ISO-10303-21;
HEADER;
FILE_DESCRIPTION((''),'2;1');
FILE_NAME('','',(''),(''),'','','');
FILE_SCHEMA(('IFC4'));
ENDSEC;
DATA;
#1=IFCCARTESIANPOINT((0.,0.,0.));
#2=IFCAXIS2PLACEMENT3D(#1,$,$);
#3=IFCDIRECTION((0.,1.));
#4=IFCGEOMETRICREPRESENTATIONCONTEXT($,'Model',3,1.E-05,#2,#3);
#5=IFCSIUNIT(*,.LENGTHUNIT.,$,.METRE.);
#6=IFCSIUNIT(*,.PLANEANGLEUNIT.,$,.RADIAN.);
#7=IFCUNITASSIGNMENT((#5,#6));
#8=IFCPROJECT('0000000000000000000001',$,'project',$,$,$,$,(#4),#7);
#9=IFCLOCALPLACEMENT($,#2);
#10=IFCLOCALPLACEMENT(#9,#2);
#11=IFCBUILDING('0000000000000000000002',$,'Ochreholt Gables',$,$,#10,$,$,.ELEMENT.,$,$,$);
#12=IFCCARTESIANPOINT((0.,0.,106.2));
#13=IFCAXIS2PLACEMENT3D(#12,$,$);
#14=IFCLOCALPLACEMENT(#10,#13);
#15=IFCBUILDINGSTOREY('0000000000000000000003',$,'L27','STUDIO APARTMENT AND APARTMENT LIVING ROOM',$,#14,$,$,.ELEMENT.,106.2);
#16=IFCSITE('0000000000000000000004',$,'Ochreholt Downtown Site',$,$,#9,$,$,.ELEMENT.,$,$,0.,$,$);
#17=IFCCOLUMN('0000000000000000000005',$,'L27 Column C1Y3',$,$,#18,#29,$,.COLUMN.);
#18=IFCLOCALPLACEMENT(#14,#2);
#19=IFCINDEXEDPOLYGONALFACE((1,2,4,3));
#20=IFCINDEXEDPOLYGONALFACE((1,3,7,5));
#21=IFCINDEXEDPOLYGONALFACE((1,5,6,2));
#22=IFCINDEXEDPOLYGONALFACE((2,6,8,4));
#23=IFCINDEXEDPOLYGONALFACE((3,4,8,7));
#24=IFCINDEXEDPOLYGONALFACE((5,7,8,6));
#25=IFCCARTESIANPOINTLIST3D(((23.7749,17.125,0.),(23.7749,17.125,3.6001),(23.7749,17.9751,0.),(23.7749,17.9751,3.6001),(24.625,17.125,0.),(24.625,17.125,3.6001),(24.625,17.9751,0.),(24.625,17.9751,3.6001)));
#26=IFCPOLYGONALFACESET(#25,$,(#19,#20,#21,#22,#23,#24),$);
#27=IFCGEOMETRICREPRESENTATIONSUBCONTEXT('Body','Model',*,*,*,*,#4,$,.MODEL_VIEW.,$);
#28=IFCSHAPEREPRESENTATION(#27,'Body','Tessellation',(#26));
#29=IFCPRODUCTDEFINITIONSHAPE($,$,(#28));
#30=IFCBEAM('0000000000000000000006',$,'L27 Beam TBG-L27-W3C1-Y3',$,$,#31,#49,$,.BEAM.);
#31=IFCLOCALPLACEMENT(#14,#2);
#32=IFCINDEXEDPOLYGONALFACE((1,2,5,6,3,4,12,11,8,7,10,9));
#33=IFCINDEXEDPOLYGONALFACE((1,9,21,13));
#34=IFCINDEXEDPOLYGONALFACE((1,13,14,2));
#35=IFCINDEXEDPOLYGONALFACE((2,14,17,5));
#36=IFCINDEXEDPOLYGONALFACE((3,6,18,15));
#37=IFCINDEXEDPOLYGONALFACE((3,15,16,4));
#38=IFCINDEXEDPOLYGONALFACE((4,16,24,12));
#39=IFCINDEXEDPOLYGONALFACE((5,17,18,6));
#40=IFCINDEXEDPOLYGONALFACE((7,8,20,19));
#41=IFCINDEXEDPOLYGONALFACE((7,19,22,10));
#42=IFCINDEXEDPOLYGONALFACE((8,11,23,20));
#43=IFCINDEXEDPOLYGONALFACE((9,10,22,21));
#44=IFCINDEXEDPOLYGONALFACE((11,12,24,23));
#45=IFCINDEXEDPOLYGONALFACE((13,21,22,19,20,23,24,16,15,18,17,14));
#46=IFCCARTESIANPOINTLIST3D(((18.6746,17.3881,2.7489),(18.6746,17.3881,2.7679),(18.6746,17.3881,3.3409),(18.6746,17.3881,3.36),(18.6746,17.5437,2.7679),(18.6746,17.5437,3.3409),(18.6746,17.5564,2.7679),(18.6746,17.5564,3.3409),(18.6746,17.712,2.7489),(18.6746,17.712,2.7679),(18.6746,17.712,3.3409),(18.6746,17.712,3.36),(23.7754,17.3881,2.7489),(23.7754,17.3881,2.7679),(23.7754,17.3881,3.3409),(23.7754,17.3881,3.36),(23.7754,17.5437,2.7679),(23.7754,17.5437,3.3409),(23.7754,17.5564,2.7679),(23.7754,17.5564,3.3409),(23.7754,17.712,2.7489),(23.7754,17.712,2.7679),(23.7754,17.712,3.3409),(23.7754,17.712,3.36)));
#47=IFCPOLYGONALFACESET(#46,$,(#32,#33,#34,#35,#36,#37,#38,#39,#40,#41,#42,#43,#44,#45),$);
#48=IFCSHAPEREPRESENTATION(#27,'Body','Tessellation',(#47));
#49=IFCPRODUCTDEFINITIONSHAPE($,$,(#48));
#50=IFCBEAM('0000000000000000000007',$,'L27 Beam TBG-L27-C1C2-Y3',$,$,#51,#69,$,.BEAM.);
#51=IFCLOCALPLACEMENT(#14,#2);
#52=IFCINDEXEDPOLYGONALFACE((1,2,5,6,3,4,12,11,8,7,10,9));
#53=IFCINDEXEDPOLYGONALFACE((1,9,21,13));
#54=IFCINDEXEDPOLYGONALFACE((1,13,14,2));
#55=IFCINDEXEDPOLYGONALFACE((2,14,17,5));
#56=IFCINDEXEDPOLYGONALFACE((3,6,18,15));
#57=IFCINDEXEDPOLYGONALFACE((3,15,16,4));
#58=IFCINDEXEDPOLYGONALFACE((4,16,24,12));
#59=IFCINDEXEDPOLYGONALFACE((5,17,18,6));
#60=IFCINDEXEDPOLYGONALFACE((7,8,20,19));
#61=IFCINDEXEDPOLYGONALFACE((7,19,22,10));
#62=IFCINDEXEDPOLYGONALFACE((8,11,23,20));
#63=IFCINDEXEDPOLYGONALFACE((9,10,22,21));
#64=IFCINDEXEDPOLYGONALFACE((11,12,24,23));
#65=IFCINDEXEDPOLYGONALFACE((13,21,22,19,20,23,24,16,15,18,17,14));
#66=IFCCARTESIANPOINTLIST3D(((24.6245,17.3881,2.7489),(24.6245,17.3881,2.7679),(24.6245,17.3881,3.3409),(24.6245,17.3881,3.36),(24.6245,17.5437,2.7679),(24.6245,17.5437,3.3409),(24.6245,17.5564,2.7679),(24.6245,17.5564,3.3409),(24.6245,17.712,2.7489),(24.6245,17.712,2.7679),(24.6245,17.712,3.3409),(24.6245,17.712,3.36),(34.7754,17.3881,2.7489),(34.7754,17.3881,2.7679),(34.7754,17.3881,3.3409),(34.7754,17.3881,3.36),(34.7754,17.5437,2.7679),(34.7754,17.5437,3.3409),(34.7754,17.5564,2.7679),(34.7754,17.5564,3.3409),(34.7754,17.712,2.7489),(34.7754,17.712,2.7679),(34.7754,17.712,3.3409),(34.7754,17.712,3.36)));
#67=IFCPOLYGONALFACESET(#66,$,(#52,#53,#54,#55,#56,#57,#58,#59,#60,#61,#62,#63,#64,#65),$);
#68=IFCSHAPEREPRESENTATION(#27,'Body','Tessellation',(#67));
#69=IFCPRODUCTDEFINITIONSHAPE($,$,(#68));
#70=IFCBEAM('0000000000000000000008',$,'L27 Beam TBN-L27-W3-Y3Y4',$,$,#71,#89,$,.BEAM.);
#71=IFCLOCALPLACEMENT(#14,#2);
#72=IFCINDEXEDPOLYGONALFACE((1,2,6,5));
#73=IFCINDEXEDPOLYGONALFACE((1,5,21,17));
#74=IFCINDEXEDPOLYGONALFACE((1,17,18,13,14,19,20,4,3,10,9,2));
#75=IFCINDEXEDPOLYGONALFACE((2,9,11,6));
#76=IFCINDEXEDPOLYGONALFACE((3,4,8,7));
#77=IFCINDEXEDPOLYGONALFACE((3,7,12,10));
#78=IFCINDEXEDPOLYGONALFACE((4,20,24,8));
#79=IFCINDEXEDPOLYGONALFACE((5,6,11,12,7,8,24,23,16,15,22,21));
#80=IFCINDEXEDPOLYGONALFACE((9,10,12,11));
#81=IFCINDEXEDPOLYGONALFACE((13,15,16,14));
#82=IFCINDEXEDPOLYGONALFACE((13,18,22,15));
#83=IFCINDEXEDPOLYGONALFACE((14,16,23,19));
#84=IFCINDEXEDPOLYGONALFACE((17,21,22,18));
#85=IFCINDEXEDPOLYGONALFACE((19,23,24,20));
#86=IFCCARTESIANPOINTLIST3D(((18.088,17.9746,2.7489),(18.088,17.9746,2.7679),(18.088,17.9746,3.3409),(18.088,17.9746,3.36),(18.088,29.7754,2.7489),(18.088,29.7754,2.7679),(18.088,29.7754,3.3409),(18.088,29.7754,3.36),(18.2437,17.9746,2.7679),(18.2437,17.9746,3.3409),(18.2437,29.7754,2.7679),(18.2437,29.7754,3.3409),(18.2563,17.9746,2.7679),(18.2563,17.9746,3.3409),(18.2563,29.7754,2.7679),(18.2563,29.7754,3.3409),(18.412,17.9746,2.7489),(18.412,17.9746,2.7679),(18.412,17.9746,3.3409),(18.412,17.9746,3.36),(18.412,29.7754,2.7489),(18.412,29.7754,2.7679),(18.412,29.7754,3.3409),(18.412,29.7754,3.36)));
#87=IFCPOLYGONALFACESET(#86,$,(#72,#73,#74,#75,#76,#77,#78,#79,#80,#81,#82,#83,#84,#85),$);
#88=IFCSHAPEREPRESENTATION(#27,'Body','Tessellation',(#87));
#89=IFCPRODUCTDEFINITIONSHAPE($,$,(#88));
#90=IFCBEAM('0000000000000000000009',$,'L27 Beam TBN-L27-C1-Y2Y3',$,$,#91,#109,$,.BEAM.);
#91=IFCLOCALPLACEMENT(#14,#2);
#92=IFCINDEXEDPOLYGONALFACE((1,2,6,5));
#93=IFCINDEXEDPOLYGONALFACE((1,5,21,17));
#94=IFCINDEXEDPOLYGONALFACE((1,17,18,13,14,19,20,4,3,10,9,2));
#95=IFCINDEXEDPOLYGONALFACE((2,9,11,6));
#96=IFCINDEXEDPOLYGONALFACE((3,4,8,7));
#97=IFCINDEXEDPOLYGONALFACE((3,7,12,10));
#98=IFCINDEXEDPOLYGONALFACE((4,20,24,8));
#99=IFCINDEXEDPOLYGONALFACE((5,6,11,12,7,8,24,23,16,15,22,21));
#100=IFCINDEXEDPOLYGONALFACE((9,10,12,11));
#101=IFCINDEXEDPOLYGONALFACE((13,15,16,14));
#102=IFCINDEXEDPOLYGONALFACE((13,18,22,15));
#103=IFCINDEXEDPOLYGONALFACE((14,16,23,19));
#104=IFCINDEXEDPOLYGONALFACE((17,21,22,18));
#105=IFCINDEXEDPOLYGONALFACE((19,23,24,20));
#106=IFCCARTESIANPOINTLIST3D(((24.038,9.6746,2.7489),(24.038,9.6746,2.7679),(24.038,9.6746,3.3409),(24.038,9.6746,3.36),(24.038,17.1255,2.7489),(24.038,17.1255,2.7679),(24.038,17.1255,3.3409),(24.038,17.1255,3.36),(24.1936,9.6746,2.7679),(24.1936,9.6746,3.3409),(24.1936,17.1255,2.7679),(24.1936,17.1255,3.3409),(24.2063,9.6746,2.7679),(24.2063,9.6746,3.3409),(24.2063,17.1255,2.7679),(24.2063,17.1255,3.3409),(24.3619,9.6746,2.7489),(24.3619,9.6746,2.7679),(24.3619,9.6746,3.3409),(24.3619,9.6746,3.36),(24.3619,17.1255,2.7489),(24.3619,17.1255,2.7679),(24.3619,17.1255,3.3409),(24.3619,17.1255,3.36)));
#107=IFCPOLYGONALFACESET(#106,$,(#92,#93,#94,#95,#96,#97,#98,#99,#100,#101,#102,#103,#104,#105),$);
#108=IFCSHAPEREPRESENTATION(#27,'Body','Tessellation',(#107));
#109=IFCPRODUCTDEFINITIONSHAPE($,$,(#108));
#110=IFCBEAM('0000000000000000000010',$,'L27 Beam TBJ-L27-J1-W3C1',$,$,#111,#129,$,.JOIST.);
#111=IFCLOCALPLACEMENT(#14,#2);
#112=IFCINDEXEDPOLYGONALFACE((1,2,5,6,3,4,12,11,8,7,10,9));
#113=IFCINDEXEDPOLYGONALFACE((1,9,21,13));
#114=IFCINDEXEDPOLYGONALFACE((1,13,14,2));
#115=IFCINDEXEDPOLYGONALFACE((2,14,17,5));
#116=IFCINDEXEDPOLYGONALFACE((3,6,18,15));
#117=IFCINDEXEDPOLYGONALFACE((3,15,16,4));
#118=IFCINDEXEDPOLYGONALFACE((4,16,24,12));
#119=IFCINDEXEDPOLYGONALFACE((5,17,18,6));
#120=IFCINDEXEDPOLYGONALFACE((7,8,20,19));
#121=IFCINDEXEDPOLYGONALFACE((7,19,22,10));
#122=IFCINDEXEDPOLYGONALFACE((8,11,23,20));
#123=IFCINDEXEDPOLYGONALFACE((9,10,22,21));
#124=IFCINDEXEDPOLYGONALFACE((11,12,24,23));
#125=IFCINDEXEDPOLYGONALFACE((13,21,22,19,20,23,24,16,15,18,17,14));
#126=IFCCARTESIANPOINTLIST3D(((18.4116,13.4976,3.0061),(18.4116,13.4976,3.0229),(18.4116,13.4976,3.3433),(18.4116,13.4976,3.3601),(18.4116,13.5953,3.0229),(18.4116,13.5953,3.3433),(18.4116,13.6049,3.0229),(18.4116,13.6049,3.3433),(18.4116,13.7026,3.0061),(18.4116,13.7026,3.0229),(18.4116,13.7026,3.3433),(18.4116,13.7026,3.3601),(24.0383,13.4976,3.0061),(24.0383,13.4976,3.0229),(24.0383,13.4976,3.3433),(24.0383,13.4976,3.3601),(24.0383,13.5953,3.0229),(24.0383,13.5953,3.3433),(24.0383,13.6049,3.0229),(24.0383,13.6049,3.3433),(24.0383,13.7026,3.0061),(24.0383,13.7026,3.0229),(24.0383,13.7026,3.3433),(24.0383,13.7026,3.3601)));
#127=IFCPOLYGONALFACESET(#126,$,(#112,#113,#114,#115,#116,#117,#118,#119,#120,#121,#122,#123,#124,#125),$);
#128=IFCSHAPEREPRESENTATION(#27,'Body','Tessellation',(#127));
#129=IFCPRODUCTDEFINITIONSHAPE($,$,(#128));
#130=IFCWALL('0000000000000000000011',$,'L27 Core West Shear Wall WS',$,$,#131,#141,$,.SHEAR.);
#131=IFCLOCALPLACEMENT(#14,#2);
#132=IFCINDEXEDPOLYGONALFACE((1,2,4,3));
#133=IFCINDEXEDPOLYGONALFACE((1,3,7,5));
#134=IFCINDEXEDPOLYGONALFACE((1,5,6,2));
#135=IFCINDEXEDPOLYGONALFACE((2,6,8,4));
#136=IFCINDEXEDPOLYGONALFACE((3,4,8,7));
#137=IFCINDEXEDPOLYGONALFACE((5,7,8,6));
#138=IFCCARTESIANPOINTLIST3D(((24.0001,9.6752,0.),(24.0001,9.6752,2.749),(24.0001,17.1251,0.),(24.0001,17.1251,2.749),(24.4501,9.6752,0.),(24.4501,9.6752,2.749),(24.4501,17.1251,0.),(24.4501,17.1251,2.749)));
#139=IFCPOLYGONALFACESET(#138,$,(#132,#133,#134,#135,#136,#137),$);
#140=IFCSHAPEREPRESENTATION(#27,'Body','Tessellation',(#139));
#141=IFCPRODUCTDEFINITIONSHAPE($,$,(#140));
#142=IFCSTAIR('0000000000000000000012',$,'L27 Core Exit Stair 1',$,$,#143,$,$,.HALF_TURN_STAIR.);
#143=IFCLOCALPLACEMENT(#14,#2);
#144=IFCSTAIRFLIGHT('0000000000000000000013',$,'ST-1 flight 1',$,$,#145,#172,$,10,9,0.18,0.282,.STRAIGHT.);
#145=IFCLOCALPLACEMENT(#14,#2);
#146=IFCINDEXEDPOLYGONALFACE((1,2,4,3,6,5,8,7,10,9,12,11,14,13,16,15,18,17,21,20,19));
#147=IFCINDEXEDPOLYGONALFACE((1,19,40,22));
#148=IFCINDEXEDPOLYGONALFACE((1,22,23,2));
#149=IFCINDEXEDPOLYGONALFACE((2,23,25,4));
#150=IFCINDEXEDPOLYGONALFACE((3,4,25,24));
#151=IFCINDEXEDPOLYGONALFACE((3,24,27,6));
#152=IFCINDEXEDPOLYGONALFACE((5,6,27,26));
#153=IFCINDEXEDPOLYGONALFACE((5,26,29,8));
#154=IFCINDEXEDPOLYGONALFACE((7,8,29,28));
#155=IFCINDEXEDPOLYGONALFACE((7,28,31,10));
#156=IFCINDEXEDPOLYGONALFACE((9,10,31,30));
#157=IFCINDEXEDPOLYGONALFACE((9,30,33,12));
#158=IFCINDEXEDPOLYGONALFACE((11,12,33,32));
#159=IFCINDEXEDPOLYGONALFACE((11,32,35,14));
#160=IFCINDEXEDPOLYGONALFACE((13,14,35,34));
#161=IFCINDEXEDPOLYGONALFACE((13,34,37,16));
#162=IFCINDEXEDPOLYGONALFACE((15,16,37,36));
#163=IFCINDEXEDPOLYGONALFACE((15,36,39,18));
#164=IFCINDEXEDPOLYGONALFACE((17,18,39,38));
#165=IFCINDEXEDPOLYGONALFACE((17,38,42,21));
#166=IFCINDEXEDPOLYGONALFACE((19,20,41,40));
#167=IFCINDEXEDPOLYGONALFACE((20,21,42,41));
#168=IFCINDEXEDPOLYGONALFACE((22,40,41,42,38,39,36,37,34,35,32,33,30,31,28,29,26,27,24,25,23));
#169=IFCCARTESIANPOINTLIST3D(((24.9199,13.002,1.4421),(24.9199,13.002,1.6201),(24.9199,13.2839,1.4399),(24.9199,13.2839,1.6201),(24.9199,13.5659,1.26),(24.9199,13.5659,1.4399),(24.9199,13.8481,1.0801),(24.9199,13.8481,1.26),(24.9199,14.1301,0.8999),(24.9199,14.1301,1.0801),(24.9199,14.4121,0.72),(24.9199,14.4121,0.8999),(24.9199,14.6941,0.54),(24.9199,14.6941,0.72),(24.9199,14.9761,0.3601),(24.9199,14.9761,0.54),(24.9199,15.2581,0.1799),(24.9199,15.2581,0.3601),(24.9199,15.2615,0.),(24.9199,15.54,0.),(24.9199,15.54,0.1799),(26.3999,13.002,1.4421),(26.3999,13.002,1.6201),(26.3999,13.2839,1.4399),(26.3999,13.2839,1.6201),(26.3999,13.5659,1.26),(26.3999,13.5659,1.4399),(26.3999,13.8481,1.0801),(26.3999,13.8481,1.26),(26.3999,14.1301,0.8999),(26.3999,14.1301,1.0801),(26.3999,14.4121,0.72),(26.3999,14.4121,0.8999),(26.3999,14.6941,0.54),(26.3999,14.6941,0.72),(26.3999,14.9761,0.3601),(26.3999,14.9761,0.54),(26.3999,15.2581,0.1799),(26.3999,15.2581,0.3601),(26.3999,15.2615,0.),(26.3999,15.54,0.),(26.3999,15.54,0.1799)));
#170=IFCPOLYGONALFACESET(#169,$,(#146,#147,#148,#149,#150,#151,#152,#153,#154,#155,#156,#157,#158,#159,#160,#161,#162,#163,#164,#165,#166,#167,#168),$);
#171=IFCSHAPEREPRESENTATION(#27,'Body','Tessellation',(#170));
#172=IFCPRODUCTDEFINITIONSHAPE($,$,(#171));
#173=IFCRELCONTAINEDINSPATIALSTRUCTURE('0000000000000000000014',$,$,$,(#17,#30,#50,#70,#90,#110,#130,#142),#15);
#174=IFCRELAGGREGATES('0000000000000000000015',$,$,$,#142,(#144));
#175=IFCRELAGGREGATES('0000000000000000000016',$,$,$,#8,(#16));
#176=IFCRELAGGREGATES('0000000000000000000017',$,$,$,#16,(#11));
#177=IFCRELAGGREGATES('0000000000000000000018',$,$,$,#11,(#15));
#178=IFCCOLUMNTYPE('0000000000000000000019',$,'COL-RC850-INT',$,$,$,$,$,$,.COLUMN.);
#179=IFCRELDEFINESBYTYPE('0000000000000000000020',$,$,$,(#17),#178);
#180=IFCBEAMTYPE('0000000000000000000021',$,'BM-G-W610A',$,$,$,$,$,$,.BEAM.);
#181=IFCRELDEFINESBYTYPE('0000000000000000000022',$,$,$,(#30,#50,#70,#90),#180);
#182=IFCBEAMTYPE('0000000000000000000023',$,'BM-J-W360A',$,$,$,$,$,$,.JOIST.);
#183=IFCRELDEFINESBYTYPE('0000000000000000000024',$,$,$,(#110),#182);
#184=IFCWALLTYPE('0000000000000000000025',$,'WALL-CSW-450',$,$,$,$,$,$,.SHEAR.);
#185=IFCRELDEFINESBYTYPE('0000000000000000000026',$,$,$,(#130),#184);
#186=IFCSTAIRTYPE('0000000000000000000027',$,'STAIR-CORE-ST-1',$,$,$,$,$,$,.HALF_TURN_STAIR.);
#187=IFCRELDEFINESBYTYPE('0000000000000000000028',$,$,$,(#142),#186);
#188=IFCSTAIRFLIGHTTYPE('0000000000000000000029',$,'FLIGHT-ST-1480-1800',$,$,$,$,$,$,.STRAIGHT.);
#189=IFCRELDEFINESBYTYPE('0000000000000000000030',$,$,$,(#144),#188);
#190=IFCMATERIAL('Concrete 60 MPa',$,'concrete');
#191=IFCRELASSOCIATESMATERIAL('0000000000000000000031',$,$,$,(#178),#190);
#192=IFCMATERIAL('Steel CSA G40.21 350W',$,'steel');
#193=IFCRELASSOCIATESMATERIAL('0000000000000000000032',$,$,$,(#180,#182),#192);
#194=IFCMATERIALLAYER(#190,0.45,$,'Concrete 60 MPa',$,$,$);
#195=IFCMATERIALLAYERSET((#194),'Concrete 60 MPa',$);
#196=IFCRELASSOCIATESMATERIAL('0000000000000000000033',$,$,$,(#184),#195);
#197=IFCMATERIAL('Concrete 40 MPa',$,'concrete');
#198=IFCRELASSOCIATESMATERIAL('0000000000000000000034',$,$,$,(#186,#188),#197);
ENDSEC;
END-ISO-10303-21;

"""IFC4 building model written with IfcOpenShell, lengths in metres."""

from ifc_helpers import new_model, si_unit, direction, frame, frame_2d, origin, origin_2d, place, context, subcontext, project, spatial, polyline, rectangle, i_section, outline, extrude, material, layer, layer_set, material_profile, profile_set, type_object, element, aggregate, save


model = new_model("IFC4")

# Units and contexts
model_context = context("Model", 3, precision=1e-05, world=origin(), true_north=direction((0.0, 1.0)))
body_context = subcontext(model_context, "Body", "Model", "MODEL_VIEW")
ifc_project = project(units=[si_unit("LENGTHUNIT", "METRE"), si_unit("PLANEANGLEUNIT", "RADIAN")], contexts=[model_context])

# Site, building, storey
site_placement = place(None, origin())
site = spatial("IfcSite", under=ifc_project, at=site_placement, Name="Ochreholt Downtown Site", CompositionType="ELEMENT", RefElevation=0.0)
building_placement = place(site_placement, origin())
building = spatial("IfcBuilding", under=site, at=building_placement, Name="Ochreholt Gables", CompositionType="ELEMENT")
storey_placement = place(building_placement, frame((0.0, 0.0, 106.2)))
storey = spatial("IfcBuildingStorey", under=building, at=storey_placement, Name="L27", Description="STUDIO APARTMENT AND APARTMENT LIVING ROOM", CompositionType="ELEMENT", Elevation=106.2)

# Column
ifc_material_1 = material(Name="Concrete 60 MPa", Category="concrete")
ifc_material_profile_1 = material_profile(ifc_material_1, rectangle(XDim=0.8501, YDim=0.8501, at=origin_2d()), Name="RC850X850")
ifc_profile_set_1 = profile_set([ifc_material_profile_1], Name="Concrete 60 MPa")
column_type = type_object("IfcColumnType", Name="COL-RC850-INT", PredefinedType="COLUMN", material=ifc_profile_set_1)
column_placement = place(storey_placement, frame((24.2, 17.55, 0.0), z_axis=(0.0, 0.0, 1.0), x_axis=(1.0, 0.0, 0.0)))
element("IfcColumn", 1, at=column_placement, inside=storey, type_object=column_type, Name="L27 Column C1Y3", PredefinedType="COLUMN", context=body_context, shape_type="SweptSolid", body=[
    extrude(rectangle(XDim=0.8501, YDim=0.8501, at=origin_2d()), origin(), (0.0, 0.0, 1.0), 3.6001),
])

# Beams
ifc_material_2 = material(Name="Steel CSA G40.21 350W", Category="steel")
ifc_material_profile_2 = material_profile(ifc_material_2, i_section(OverallWidth=0.324, OverallDepth=0.6111, WebThickness=0.0127, FlangeThickness=0.019, at=origin_2d()), Name="W610X155")
ifc_profile_set_2 = profile_set([ifc_material_profile_2], Name="Steel CSA G40.21 350W")
beam_type_1 = type_object("IfcBeamType", Name="BM-G-W610A", PredefinedType="BEAM", material=ifc_profile_set_2)
beam_1_placement = place(storey_placement, frame((18.6746, 17.55, 3.0544), z_axis=(1.0, 0.0, 0.0), x_axis=(0.0, 1.0, 0.0)))
element("IfcBeam", 2, at=beam_1_placement, inside=storey, type_object=beam_type_1, Name="L27 Beam TBG-L27-W3C1-Y3", PredefinedType="BEAM", context=body_context, shape_type="SweptSolid", body=[
    extrude(i_section(OverallWidth=0.324, OverallDepth=0.6111, WebThickness=0.0127, FlangeThickness=0.019, at=origin_2d()), origin(), (0.0, 0.0, 1.0), 5.1008),
])
beam_2_placement = place(storey_placement, frame((24.6245, 17.55, 3.0544), z_axis=(1.0, 0.0, 0.0), x_axis=(0.0, 1.0, 0.0)))
element("IfcBeam", 3, at=beam_2_placement, inside=storey, type_object=beam_type_1, Name="L27 Beam TBG-L27-C1C2-Y3", PredefinedType="BEAM", context=body_context, shape_type="SweptSolid", body=[
    extrude(i_section(OverallWidth=0.324, OverallDepth=0.6111, WebThickness=0.0127, FlangeThickness=0.019, at=origin_2d()), origin(), (0.0, 0.0, 1.0), 10.1509),
])
beam_3_placement = place(storey_placement, frame((18.25, 17.9746, 3.0544), z_axis=(0.0, 1.0, 0.0), x_axis=(-1.0, 0.0, 0.0)))
element("IfcBeam", 4, at=beam_3_placement, inside=storey, type_object=beam_type_1, Name="L27 Beam TBN-L27-W3-Y3Y4", PredefinedType="BEAM", context=body_context, shape_type="SweptSolid", body=[
    extrude(i_section(OverallWidth=0.324, OverallDepth=0.6111, WebThickness=0.0127, FlangeThickness=0.019, at=origin_2d()), origin(), (0.0, 0.0, 1.0), 11.8008),
])
beam_4_placement = place(storey_placement, frame((24.2, 9.6746, 3.0544), z_axis=(0.0, 1.0, 0.0), x_axis=(-1.0, 0.0, 0.0)))
element("IfcBeam", 5, at=beam_4_placement, inside=storey, type_object=beam_type_1, Name="L27 Beam TBN-L27-C1-Y2Y3", PredefinedType="BEAM", context=body_context, shape_type="SweptSolid", body=[
    extrude(i_section(OverallWidth=0.324, OverallDepth=0.6111, WebThickness=0.0127, FlangeThickness=0.019, at=origin_2d()), origin(), (0.0, 0.0, 1.0), 7.4509),
])
ifc_material_profile_3 = material_profile(ifc_material_2, i_section(OverallWidth=0.2051, OverallDepth=0.354, WebThickness=0.0095, FlangeThickness=0.0168, at=origin_2d()), Name="W360X79")
ifc_profile_set_3 = profile_set([ifc_material_profile_3], Name="Steel CSA G40.21 350W")
beam_type_2 = type_object("IfcBeamType", Name="BM-J-W360A", PredefinedType="JOIST", material=ifc_profile_set_3)
beam_5_placement = place(storey_placement, frame((18.4116, 13.6001, 3.1831), z_axis=(1.0, 0.0, 0.0), x_axis=(0.0, 1.0, 0.0)))
element("IfcBeam", 6, at=beam_5_placement, inside=storey, type_object=beam_type_2, Name="L27 Beam TBJ-L27-J1-W3C1", PredefinedType="JOIST", context=body_context, shape_type="SweptSolid", body=[
    extrude(i_section(OverallWidth=0.2051, OverallDepth=0.354, WebThickness=0.0095, FlangeThickness=0.0168, at=origin_2d()), origin(), (0.0, 0.0, 1.0), 5.6267),
])

# Wall
ifc_layer_1 = layer(ifc_material_1, 0.45, Name="Concrete 60 MPa")
ifc_layer_set_1 = layer_set([ifc_layer_1], Name="Concrete 60 MPa")
wall_type_1 = type_object("IfcWallType", Name="WALL-CSW-450", PredefinedType="SHEAR", material=ifc_layer_set_1)
wall_1_placement = place(storey_placement, frame((24.2251, 9.675, 0.0), z_axis=(0.0, 0.0, 1.0), x_axis=(0.0, 1.0, 0.0)))
element("IfcWall", 7, at=wall_1_placement, inside=storey, type_object=wall_type_1, Name="L27 Core West Shear Wall WS", PredefinedType="SHEAR", context=body_context, shape_type="SweptSolid", body=[
    extrude(rectangle(XDim=7.45, YDim=0.45, at=frame_2d((3.7251, 0.0))), origin(), (0.0, 0.0, 1.0), 2.749),
])

# Stair, stair flight
ifc_material_3 = material(Name="Concrete 40 MPa", Category="concrete")
stair_type = type_object("IfcStairType", Name="STAIR-CORE-ST-1", PredefinedType="HALF_TURN_STAIR", material=ifc_material_3)
stair_placement = place(storey_placement, origin())
stair = element("IfcStair", 8, at=stair_placement, inside=storey, type_object=stair_type, Name="L27 Core Exit Stair 1", PredefinedType="HALF_TURN_STAIR")
stair_flight_type = type_object("IfcStairFlightType", Name="FLIGHT-ST-1480-1800", PredefinedType="STRAIGHT", material=ifc_material_3)
stair_flight_1_placement = place(storey_placement, frame((25.6599, 15.54, 0.0), z_axis=(0.0, 0.0, 1.0), x_axis=(0.0, -1.0, 0.0)))
stair_flight_1 = element("IfcStairFlight", 9, at=stair_flight_1_placement, type_object=stair_flight_type, Name="ST-1 flight 1", NumberOfRisers=10, NumberOfTreads=9, PredefinedType="STRAIGHT", RiserHeight=0.18, TreadLength=0.282, context=body_context, shape_type="SweptSolid", body=[
    extrude(outline(polyline([(0.0, 0.0), (0.0, 0.1799), (0.282, 0.1799), (0.282, 0.3601), (0.564, 0.3601), (0.564, 0.54), (0.8459, 0.54), (0.8459, 0.72), (1.1279, 0.72), (1.1279, 0.8999), (1.4099, 0.8999), (1.4099, 1.0801), (1.6919, 1.0801), (1.6919, 1.26), (1.9741, 1.26), (1.9741, 1.4399), (2.2561, 1.4399), (2.2561, 1.6201), (2.5381, 1.6201), (2.5381, 1.8), (2.5381, 1.4421), (0.2786, 0.0), (0.0, 0.0)])), frame((0.0, 0.74, 0.0), z_axis=(0.0, -1.0, 0.0), x_axis=(1.0, 0.0, 0.0)), (0.0, 0.0, 1.0), 1.48),
])
aggregate(stair, [stair_flight_1])

save(model, "model.ifc")
